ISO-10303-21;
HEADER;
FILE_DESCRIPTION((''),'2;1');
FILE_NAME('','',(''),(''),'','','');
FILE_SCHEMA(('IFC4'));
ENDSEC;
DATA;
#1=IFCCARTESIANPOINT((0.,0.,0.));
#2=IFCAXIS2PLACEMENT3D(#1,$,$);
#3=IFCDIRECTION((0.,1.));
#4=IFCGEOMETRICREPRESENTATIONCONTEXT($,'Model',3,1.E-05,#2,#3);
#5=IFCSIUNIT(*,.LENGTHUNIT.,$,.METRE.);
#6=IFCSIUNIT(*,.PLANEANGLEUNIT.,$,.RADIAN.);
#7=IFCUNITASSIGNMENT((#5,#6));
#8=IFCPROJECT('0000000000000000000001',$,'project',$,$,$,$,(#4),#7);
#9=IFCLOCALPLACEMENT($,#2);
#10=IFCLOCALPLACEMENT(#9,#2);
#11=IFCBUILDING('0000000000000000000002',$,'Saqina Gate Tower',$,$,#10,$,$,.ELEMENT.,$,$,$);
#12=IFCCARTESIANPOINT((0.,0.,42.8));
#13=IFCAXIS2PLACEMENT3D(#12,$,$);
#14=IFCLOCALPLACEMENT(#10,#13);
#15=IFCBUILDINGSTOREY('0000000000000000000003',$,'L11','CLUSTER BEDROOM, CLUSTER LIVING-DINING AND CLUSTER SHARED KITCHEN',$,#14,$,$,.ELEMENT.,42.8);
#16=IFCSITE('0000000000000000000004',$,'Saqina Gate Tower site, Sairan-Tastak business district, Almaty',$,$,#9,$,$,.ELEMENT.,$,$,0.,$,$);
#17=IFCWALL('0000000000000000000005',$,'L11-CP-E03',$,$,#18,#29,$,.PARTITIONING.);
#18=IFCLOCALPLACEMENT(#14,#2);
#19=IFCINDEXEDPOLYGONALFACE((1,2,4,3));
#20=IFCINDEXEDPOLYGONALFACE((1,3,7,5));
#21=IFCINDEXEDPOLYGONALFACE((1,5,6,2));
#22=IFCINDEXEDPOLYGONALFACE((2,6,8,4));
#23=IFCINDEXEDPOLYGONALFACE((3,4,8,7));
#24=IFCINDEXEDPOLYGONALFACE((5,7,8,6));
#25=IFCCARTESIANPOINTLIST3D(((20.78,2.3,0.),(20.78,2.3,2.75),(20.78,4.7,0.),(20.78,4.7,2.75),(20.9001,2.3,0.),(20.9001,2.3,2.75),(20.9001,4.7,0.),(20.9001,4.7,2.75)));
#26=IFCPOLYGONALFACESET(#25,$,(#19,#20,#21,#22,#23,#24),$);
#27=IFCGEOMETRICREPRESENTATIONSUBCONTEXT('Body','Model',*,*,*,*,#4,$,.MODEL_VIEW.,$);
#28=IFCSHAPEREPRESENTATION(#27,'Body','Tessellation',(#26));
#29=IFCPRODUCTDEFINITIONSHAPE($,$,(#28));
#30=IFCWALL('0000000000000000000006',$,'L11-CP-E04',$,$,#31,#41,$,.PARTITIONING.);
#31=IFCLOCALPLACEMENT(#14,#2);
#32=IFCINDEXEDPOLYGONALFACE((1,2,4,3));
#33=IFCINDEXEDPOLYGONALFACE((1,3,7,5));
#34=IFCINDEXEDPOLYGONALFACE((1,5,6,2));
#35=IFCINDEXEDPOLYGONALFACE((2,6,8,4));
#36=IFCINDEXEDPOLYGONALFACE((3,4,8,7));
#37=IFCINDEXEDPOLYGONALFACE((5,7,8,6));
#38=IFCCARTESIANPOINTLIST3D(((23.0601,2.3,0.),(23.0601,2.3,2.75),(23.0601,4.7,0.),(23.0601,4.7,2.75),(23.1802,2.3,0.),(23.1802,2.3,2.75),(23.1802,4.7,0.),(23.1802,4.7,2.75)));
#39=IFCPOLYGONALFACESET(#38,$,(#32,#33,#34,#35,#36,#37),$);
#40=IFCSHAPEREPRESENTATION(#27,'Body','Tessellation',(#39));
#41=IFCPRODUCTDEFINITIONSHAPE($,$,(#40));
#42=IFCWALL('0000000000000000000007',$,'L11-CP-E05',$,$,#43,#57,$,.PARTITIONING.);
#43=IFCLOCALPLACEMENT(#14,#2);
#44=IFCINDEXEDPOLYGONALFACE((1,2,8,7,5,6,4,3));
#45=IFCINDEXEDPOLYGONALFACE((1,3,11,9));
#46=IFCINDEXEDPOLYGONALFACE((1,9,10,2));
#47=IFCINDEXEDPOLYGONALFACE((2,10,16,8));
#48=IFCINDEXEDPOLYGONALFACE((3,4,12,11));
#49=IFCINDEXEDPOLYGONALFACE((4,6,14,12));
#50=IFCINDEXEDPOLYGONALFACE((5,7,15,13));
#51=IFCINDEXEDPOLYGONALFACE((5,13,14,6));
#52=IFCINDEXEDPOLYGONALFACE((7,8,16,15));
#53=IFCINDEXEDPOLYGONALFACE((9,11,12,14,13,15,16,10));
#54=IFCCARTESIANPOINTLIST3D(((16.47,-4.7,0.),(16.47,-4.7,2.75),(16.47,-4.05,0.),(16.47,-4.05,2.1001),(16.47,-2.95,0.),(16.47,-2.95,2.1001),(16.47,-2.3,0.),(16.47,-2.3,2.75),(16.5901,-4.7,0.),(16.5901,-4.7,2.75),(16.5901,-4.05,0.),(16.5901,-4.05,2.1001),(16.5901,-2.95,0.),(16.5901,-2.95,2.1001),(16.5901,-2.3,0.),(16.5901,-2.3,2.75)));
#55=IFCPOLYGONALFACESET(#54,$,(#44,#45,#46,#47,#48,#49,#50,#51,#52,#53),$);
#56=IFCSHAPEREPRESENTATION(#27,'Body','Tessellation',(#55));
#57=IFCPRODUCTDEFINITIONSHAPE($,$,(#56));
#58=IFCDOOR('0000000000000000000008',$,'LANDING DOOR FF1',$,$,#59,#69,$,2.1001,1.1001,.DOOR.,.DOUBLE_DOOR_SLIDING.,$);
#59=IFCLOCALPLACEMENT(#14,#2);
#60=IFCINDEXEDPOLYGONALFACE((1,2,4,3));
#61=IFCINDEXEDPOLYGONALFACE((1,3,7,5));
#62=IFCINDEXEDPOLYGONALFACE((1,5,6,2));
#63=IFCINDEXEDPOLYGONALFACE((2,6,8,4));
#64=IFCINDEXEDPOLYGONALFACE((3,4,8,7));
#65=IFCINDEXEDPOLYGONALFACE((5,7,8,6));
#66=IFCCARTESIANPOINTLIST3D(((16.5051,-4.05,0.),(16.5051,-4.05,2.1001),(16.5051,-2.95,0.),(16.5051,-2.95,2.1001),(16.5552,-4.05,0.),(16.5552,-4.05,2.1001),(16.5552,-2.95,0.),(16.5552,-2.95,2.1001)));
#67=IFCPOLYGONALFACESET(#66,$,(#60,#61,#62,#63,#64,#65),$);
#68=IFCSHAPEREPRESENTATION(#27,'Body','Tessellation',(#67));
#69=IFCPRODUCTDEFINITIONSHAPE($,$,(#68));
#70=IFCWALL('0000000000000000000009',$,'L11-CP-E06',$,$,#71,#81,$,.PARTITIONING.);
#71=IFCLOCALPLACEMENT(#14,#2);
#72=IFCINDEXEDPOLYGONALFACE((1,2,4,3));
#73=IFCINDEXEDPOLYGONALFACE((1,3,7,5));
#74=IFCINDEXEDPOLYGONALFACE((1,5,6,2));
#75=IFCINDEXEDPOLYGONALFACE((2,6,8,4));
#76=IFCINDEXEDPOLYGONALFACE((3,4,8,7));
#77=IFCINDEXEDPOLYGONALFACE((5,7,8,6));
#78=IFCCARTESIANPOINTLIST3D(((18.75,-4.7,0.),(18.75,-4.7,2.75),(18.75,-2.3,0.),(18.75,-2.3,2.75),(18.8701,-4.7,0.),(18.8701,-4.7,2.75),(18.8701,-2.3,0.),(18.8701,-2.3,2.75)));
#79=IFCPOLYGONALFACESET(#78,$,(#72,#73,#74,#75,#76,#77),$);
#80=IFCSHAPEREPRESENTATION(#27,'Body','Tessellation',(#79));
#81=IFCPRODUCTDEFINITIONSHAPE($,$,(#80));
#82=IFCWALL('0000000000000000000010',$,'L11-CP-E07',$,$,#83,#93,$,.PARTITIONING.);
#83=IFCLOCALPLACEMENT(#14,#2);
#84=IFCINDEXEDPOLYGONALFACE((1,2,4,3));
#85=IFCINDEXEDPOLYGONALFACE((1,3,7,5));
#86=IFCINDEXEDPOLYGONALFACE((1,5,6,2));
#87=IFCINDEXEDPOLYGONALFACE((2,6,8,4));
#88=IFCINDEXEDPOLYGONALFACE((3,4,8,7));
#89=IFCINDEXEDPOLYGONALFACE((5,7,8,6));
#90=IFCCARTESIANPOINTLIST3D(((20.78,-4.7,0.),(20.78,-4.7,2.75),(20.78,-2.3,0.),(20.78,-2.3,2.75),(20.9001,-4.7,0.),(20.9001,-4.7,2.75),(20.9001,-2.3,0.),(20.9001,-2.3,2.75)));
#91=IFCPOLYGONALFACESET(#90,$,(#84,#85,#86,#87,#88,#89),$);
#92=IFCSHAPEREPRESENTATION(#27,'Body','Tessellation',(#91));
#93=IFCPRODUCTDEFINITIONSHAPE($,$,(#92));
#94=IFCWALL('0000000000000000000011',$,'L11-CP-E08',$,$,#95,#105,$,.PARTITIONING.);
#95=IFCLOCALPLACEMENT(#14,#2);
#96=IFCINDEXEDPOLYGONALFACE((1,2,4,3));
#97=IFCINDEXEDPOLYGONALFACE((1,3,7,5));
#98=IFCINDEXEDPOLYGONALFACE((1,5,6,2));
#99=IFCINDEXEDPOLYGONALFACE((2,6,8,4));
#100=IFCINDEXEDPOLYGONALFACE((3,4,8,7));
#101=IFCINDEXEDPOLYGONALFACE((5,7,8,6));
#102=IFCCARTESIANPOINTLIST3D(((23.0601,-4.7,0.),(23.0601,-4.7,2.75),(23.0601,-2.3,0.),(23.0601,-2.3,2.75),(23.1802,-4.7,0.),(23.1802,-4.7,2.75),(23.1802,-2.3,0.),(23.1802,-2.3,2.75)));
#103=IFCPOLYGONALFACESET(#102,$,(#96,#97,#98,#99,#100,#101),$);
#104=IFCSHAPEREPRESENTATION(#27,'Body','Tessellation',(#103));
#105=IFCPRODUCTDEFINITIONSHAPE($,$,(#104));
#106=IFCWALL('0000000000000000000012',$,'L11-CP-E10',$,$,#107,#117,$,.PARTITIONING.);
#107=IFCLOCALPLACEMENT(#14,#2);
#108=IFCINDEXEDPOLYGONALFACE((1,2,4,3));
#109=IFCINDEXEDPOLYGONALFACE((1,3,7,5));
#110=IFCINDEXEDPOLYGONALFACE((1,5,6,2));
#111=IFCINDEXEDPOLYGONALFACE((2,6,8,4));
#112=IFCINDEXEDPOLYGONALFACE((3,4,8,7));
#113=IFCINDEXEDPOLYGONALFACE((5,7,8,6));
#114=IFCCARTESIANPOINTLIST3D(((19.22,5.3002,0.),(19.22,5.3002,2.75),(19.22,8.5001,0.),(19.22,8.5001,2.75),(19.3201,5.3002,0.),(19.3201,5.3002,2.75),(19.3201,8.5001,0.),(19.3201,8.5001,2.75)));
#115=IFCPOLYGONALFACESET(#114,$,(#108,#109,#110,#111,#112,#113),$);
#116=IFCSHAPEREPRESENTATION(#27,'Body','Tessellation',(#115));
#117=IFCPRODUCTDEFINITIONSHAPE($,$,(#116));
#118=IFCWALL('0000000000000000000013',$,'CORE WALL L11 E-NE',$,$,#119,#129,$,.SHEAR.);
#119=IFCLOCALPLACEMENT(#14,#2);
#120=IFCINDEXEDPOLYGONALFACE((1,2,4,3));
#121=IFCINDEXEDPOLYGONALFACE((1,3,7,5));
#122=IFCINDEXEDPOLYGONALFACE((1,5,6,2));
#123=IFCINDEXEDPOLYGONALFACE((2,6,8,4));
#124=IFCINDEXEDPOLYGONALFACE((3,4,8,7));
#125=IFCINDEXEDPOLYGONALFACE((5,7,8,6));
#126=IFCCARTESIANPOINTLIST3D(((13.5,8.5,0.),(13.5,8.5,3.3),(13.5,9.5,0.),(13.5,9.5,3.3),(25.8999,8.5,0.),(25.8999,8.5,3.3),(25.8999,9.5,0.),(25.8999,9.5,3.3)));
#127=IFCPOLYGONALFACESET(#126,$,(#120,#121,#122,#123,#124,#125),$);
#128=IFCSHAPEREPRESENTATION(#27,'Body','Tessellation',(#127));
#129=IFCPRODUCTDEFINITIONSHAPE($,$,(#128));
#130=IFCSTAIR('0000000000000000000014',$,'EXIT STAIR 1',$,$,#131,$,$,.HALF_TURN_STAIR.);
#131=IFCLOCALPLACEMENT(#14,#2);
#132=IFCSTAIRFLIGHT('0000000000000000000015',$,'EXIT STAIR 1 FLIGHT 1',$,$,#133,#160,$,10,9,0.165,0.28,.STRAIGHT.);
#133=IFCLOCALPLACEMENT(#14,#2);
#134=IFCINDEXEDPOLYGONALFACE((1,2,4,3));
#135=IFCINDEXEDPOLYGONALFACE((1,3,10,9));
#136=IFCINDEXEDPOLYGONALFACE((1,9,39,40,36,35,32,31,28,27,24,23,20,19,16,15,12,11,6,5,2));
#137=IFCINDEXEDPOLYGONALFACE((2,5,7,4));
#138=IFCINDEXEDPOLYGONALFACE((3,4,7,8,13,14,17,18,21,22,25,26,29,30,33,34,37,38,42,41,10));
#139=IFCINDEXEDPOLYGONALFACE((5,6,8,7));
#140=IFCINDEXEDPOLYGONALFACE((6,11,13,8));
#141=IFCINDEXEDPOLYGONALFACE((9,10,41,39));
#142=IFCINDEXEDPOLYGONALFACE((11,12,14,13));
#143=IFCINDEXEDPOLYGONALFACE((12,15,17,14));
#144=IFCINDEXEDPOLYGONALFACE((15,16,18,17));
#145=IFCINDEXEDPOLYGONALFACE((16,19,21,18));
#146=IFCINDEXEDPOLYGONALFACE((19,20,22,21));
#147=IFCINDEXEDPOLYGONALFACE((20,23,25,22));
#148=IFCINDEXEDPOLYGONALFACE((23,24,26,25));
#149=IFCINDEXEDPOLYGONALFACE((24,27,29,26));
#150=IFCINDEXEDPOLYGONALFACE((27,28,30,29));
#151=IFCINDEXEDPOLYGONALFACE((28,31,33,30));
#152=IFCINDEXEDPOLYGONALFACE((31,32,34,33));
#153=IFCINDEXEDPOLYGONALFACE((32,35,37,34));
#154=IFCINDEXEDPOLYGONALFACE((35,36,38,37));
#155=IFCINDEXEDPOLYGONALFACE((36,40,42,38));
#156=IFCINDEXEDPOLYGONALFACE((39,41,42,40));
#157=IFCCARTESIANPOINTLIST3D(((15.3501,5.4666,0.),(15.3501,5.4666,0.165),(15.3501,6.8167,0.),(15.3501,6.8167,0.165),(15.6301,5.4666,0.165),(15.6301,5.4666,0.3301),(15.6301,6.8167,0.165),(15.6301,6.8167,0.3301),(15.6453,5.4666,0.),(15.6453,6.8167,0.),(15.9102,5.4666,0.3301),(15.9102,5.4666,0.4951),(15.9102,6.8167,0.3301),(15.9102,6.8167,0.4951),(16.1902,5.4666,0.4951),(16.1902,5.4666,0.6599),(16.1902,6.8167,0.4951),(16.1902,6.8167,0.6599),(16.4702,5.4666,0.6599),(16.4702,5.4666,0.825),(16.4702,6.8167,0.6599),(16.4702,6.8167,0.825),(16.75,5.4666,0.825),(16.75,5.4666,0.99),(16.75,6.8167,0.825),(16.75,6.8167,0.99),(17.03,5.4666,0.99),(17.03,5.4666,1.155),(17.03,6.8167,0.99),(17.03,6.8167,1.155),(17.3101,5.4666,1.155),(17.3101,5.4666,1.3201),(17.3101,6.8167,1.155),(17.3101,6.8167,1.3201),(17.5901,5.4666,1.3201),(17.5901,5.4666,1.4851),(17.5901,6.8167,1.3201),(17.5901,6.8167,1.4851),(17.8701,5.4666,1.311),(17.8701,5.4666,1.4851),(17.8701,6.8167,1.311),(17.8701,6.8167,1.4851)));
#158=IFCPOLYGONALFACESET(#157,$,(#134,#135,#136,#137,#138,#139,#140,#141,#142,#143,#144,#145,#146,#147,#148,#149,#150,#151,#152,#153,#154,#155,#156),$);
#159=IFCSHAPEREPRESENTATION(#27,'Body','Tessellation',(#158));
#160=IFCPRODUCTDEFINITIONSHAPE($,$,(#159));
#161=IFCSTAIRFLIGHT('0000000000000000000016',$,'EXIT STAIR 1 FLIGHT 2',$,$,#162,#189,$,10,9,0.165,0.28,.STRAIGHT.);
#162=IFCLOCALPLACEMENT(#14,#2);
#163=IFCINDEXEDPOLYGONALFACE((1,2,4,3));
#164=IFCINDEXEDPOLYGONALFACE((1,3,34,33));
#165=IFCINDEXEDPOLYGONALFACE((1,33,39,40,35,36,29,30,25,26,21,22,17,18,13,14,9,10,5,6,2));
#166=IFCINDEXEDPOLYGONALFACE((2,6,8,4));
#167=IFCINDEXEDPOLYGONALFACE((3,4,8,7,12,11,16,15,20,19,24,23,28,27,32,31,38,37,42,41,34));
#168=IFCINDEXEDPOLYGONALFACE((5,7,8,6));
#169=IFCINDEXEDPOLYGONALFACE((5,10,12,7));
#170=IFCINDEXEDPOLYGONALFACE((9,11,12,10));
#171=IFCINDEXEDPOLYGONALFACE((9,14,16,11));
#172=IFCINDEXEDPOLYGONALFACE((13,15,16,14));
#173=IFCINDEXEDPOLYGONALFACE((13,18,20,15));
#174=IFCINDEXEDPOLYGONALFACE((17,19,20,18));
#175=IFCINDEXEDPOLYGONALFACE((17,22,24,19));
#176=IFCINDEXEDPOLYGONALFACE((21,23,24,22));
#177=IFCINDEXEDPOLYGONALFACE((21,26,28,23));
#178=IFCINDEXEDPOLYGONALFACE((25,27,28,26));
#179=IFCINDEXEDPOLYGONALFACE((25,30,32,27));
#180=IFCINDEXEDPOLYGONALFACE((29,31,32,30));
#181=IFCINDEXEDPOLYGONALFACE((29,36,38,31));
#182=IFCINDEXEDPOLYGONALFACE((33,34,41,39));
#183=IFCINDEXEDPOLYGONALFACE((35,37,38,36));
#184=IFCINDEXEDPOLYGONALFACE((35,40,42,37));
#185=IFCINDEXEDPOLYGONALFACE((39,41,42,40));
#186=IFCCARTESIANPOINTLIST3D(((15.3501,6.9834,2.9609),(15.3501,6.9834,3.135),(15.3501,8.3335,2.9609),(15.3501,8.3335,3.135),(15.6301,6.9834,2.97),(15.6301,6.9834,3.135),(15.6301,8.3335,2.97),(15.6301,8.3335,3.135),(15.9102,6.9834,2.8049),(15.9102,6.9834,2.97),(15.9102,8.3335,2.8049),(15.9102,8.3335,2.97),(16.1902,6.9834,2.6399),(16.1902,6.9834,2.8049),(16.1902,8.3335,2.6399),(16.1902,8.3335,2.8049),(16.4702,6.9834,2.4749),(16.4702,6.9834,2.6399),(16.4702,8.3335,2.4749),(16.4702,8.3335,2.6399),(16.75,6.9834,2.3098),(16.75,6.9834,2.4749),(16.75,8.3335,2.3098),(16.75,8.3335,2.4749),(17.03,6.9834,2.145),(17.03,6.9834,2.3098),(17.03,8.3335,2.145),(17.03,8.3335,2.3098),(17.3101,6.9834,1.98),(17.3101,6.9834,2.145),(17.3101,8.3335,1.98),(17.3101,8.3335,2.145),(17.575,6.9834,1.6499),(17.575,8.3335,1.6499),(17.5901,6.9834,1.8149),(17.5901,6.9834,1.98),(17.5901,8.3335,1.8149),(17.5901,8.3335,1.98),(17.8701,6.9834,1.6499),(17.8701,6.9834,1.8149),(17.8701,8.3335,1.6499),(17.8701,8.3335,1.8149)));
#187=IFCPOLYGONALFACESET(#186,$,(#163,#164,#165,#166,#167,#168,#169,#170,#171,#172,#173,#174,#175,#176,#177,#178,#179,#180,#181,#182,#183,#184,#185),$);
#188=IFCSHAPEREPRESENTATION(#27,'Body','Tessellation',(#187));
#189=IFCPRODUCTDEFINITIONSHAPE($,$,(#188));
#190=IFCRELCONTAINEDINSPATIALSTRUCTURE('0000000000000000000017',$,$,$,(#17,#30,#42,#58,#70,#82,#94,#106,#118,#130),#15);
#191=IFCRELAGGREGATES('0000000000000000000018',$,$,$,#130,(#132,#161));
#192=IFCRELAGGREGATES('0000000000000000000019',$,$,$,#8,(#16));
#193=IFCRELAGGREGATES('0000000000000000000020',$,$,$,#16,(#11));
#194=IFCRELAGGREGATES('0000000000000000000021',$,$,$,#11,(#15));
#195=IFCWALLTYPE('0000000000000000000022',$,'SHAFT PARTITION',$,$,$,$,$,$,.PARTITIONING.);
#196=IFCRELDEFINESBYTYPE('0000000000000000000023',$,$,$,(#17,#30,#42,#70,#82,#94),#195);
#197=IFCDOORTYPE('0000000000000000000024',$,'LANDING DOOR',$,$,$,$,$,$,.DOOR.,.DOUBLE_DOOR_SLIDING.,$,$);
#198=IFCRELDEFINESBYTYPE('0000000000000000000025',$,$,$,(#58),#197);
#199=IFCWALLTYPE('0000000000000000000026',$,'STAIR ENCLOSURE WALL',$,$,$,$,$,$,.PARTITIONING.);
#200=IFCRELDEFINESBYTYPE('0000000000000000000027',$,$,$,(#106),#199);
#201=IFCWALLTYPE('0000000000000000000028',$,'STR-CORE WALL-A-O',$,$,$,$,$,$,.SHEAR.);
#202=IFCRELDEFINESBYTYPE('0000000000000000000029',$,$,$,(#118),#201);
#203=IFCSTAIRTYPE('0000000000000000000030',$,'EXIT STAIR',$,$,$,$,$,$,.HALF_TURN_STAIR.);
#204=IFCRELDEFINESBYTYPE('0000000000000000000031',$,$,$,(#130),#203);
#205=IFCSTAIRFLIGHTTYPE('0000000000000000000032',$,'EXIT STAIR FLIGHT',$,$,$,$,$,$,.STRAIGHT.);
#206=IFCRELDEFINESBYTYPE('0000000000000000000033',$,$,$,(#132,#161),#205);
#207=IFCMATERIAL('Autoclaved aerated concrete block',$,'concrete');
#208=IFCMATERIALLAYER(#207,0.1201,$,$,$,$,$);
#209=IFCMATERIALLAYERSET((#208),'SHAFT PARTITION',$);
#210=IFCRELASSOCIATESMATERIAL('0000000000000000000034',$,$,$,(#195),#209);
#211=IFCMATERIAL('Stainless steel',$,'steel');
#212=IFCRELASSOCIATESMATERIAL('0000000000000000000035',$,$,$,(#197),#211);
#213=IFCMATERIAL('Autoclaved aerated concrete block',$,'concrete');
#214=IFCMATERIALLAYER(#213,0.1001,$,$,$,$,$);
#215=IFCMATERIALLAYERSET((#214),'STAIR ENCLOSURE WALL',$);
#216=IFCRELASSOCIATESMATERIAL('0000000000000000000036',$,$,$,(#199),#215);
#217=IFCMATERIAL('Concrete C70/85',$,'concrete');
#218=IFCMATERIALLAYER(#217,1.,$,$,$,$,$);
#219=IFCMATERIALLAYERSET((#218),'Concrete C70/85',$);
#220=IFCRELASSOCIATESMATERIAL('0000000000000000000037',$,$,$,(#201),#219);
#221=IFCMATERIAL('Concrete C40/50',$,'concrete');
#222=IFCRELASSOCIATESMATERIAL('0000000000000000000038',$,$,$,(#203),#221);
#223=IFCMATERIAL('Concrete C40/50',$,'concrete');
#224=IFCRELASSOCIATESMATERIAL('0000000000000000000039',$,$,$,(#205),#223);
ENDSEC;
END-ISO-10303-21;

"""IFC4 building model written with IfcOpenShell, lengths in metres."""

from ifc_helpers import new_model, si_unit, direction, frame, frame_2d, origin, place, context, subcontext, project, spatial, polyline, rectangle, outline, extrude, material, layer, layer_set, type_object, element, fill, aggregate, save


model = new_model("IFC4")

# Units and contexts
model_context = context("Model", 3, precision=1e-05, world=origin(), true_north=direction((0.0, 1.0)))
body_context = subcontext(model_context, "Body", "Model", "MODEL_VIEW")
ifc_project = project(units=[si_unit("LENGTHUNIT", "METRE"), si_unit("PLANEANGLEUNIT", "RADIAN")], contexts=[model_context])

# Site, building, storey
site_placement = place(None, origin())
site = spatial("IfcSite", under=ifc_project, at=site_placement, Name="Saqina Gate Tower site, Sairan-Tastak business district, Almaty", CompositionType="ELEMENT", RefElevation=0.0)
building_placement = place(site_placement, origin())
building = spatial("IfcBuilding", under=site, at=building_placement, Name="Saqina Gate Tower", CompositionType="ELEMENT")
storey_placement = place(building_placement, frame((0.0, 0.0, 42.8)))
storey = spatial("IfcBuildingStorey", under=building, at=storey_placement, Name="L11", Description="CLUSTER BEDROOM, CLUSTER LIVING-DINING AND CLUSTER SHARED KITCHEN", CompositionType="ELEMENT", Elevation=42.8)

# Walls
ifc_material_1 = material(Name="Autoclaved aerated concrete block", Category="concrete")
ifc_layer_1 = layer(ifc_material_1, 0.1201)
ifc_layer_set_1 = layer_set([ifc_layer_1], Name="SHAFT PARTITION")
wall_type_1 = type_object("IfcWallType", Name="SHAFT PARTITION", PredefinedType="PARTITIONING", material=ifc_layer_set_1)
for number, where, z_axis, x_axis, name in (
    (1, (20.8401, 2.3, 0.0), (0.0, 0.0, 1.0), (0.0, 1.0, 0.0), "L11-CP-E03"),
    (2, (23.1201, 2.3, 0.0), (0.0, 0.0, 1.0), (0.0, 1.0, 0.0), "L11-CP-E04"),
):
    element("IfcWall", number, at=place(storey_placement, frame(where, z_axis=z_axis, x_axis=x_axis)), inside=storey, type_object=wall_type_1, Name=name, PredefinedType="PARTITIONING", context=body_context, shape_type="SweptSolid", body=[
        extrude(rectangle(XDim=2.3999, YDim=0.1201, at=frame_2d((1.2, 0.0))), origin(), (0.0, 0.0, 1.0), 2.75),
    ])

# Wall, opening, door
wall_1_placement = place(storey_placement, frame((16.53, -4.7, 0.0), z_axis=(0.0, 0.0, 1.0), x_axis=(0.0, 1.0, 0.0)))
wall_1 = element("IfcWall", 3, at=wall_1_placement, inside=storey, type_object=wall_type_1, Name="L11-CP-E05", PredefinedType="PARTITIONING", context=body_context, shape_type="SweptSolid", body=[
    extrude(rectangle(XDim=2.3999, YDim=0.1201, at=frame_2d((1.2, 0.0))), origin(), (0.0, 0.0, 1.0), 2.75),
])
opening_1_placement = place(wall_1_placement, frame((0.6499, 0.0, 0.0)))
opening_1 = element("IfcOpeningElement", 4, at=opening_1_placement, cuts=wall_1, PredefinedType="OPENING", context=body_context, shape_type="SweptSolid", body=[
    extrude(rectangle(XDim=1.1001, YDim=2.1001, at=frame_2d((0.55, 1.05))), frame((0.0, 0.072, 0.0), z_axis=(0.0, -1.0, 0.0), x_axis=(1.0, 0.0, 0.0)), (0.0, 0.0, 1.0), 0.144),
])
ifc_material_2 = material(Name="Stainless steel", Category="steel")
door_type_1 = type_object("IfcDoorType", Name="LANDING DOOR", OperationType="DOUBLE_DOOR_SLIDING", PredefinedType="DOOR", material=ifc_material_2)
door_1_placement = place(opening_1_placement, origin())
door_1 = element("IfcDoor", 5, at=door_1_placement, inside=storey, type_object=door_type_1, Name="LANDING DOOR FF1", OperationType="DOUBLE_DOOR_SLIDING", OverallHeight=2.1001, OverallWidth=1.1001, PredefinedType="DOOR", context=body_context, shape_type="SweptSolid", body=[
    extrude(rectangle(XDim=1.1001, YDim=2.1001, at=frame_2d((0.55, 1.05))), frame((0.0, 0.0249, 0.0), z_axis=(0.0, -1.0, 0.0), x_axis=(1.0, 0.0, 0.0)), (0.0, 0.0, 1.0), 0.05),
])
fill(opening_1, door_1)

# Walls
for number, where, z_axis, x_axis, name in (
    (6, (18.8101, -4.7, 0.0), (0.0, 0.0, 1.0), (0.0, 1.0, 0.0), "L11-CP-E06"),
    (7, (20.8401, -4.7, 0.0), (0.0, 0.0, 1.0), (0.0, 1.0, 0.0), "L11-CP-E07"),
    (8, (23.1201, -4.7, 0.0), (0.0, 0.0, 1.0), (0.0, 1.0, 0.0), "L11-CP-E08"),
):
    element("IfcWall", number, at=place(storey_placement, frame(where, z_axis=z_axis, x_axis=x_axis)), inside=storey, type_object=wall_type_1, Name=name, PredefinedType="PARTITIONING", context=body_context, shape_type="SweptSolid", body=[
        extrude(rectangle(XDim=2.3999, YDim=0.1201, at=frame_2d((1.2, 0.0))), origin(), (0.0, 0.0, 1.0), 2.75),
    ])
ifc_material_3 = material(Name="Autoclaved aerated concrete block", Category="concrete")
ifc_layer_2 = layer(ifc_material_3, 0.1001)
ifc_layer_set_2 = layer_set([ifc_layer_2], Name="STAIR ENCLOSURE WALL")
wall_type_2 = type_object("IfcWallType", Name="STAIR ENCLOSURE WALL", PredefinedType="PARTITIONING", material=ifc_layer_set_2)
wall_2_placement = place(storey_placement, frame((19.27, 5.3, 0.0), z_axis=(0.0, 0.0, 1.0), x_axis=(0.0, 1.0, 0.0)))
element("IfcWall", 9, at=wall_2_placement, inside=storey, type_object=wall_type_2, Name="L11-CP-E10", PredefinedType="PARTITIONING", context=body_context, shape_type="SweptSolid", body=[
    extrude(rectangle(XDim=3.2, YDim=0.1001, at=frame_2d((1.6001, 0.0))), origin(), (0.0, 0.0, 1.0), 2.75),
])
ifc_material_4 = material(Name="Concrete C70/85", Category="concrete")
ifc_layer_3 = layer(ifc_material_4, 1.0)
ifc_layer_set_3 = layer_set([ifc_layer_3], Name="Concrete C70/85")
wall_type_3 = type_object("IfcWallType", Name="STR-CORE WALL-A-O", PredefinedType="SHEAR", material=ifc_layer_set_3)
wall_3_placement = place(storey_placement, frame((13.5, 9.0, 0.0), z_axis=(0.0, 0.0, 1.0), x_axis=(1.0, 0.0, 0.0)))
element("IfcWall", 10, at=wall_3_placement, inside=storey, type_object=wall_type_3, Name="CORE WALL L11 E-NE", PredefinedType="SHEAR", context=body_context, shape_type="SweptSolid", body=[
    extrude(rectangle(XDim=12.3999, YDim=1.0, at=frame_2d((6.2, 0.0))), origin(), (0.0, 0.0, 1.0), 3.3),
])

# Stair, stair flights
ifc_material_5 = material(Name="Concrete C40/50", Category="concrete")
stair_type = type_object("IfcStairType", Name="EXIT STAIR", PredefinedType="HALF_TURN_STAIR", material=ifc_material_5)
stair_placement = place(storey_placement, origin())
stair = element("IfcStair", 11, at=stair_placement, inside=storey, type_object=stair_type, Name="EXIT STAIR 1", PredefinedType="HALF_TURN_STAIR")
ifc_material_6 = material(Name="Concrete C40/50", Category="concrete")
stair_flight_type = type_object("IfcStairFlightType", Name="EXIT STAIR FLIGHT", PredefinedType="STRAIGHT", material=ifc_material_6)
stair_flight_1_placement = place(storey_placement, frame((15.3501, 6.1416, 0.0), z_axis=(0.0, 0.0, 1.0), x_axis=(1.0, 0.0, 0.0)))
stair_flight_1 = element("IfcStairFlight", 12, at=stair_flight_1_placement, type_object=stair_flight_type, Name="EXIT STAIR 1 FLIGHT 1", NumberOfRisers=10, NumberOfTreads=9, PredefinedType="STRAIGHT", RiserHeight=0.165, TreadLength=0.28, context=body_context, shape_type="SweptSolid", body=[
    extrude(outline(polyline([(0.0, 0.0), (0.0, 0.165), (0.28, 0.165), (0.28, 0.3301), (0.5601, 0.3301), (0.5601, 0.4951), (0.8401, 0.4951), (0.8401, 0.6599), (1.1201, 0.6599), (1.1201, 0.825), (1.3999, 0.825), (1.3999, 0.99), (1.6799, 0.99), (1.6799, 1.155), (1.96, 1.155), (1.96, 1.3201), (2.24, 1.3201), (2.24, 1.4851), (2.52, 1.4851), (2.52, 1.6499), (2.52, 1.311), (0.2952, 0.0), (0.0, 0.0)])), frame((0.0, 0.675, 0.0), z_axis=(0.0, -1.0, 0.0), x_axis=(1.0, 0.0, 0.0)), (0.0, 0.0, 1.0), 1.3501),
])
stair_flight_2_placement = place(storey_placement, frame((17.8701, 7.6584, 1.6499), z_axis=(0.0, 0.0, 1.0), x_axis=(-1.0, 0.0, 0.0)))
stair_flight_2 = element("IfcStairFlight", 13, at=stair_flight_2_placement, type_object=stair_flight_type, Name="EXIT STAIR 1 FLIGHT 2", NumberOfRisers=10, NumberOfTreads=9, PredefinedType="STRAIGHT", RiserHeight=0.165, TreadLength=0.28, context=body_context, shape_type="SweptSolid", body=[
    extrude(outline(polyline([(0.0, 0.0), (0.0, 0.165), (0.28, 0.165), (0.28, 0.3301), (0.5601, 0.3301), (0.5601, 0.4951), (0.8401, 0.4951), (0.8401, 0.6599), (1.1201, 0.6599), (1.1201, 0.825), (1.3999, 0.825), (1.3999, 0.99), (1.6799, 0.99), (1.6799, 1.155), (1.96, 1.155), (1.96, 1.3201), (2.24, 1.3201), (2.24, 1.4851), (2.52, 1.4851), (2.52, 1.6499), (2.52, 1.311), (0.2952, 0.0), (0.0, 0.0)])), frame((0.0, 0.675, 0.0), z_axis=(0.0, -1.0, 0.0), x_axis=(1.0, 0.0, 0.0)), (0.0, 0.0, 1.0), 1.3501),
])
aggregate(stair, [stair_flight_1, stair_flight_2])

save(model, "model.ifc")
